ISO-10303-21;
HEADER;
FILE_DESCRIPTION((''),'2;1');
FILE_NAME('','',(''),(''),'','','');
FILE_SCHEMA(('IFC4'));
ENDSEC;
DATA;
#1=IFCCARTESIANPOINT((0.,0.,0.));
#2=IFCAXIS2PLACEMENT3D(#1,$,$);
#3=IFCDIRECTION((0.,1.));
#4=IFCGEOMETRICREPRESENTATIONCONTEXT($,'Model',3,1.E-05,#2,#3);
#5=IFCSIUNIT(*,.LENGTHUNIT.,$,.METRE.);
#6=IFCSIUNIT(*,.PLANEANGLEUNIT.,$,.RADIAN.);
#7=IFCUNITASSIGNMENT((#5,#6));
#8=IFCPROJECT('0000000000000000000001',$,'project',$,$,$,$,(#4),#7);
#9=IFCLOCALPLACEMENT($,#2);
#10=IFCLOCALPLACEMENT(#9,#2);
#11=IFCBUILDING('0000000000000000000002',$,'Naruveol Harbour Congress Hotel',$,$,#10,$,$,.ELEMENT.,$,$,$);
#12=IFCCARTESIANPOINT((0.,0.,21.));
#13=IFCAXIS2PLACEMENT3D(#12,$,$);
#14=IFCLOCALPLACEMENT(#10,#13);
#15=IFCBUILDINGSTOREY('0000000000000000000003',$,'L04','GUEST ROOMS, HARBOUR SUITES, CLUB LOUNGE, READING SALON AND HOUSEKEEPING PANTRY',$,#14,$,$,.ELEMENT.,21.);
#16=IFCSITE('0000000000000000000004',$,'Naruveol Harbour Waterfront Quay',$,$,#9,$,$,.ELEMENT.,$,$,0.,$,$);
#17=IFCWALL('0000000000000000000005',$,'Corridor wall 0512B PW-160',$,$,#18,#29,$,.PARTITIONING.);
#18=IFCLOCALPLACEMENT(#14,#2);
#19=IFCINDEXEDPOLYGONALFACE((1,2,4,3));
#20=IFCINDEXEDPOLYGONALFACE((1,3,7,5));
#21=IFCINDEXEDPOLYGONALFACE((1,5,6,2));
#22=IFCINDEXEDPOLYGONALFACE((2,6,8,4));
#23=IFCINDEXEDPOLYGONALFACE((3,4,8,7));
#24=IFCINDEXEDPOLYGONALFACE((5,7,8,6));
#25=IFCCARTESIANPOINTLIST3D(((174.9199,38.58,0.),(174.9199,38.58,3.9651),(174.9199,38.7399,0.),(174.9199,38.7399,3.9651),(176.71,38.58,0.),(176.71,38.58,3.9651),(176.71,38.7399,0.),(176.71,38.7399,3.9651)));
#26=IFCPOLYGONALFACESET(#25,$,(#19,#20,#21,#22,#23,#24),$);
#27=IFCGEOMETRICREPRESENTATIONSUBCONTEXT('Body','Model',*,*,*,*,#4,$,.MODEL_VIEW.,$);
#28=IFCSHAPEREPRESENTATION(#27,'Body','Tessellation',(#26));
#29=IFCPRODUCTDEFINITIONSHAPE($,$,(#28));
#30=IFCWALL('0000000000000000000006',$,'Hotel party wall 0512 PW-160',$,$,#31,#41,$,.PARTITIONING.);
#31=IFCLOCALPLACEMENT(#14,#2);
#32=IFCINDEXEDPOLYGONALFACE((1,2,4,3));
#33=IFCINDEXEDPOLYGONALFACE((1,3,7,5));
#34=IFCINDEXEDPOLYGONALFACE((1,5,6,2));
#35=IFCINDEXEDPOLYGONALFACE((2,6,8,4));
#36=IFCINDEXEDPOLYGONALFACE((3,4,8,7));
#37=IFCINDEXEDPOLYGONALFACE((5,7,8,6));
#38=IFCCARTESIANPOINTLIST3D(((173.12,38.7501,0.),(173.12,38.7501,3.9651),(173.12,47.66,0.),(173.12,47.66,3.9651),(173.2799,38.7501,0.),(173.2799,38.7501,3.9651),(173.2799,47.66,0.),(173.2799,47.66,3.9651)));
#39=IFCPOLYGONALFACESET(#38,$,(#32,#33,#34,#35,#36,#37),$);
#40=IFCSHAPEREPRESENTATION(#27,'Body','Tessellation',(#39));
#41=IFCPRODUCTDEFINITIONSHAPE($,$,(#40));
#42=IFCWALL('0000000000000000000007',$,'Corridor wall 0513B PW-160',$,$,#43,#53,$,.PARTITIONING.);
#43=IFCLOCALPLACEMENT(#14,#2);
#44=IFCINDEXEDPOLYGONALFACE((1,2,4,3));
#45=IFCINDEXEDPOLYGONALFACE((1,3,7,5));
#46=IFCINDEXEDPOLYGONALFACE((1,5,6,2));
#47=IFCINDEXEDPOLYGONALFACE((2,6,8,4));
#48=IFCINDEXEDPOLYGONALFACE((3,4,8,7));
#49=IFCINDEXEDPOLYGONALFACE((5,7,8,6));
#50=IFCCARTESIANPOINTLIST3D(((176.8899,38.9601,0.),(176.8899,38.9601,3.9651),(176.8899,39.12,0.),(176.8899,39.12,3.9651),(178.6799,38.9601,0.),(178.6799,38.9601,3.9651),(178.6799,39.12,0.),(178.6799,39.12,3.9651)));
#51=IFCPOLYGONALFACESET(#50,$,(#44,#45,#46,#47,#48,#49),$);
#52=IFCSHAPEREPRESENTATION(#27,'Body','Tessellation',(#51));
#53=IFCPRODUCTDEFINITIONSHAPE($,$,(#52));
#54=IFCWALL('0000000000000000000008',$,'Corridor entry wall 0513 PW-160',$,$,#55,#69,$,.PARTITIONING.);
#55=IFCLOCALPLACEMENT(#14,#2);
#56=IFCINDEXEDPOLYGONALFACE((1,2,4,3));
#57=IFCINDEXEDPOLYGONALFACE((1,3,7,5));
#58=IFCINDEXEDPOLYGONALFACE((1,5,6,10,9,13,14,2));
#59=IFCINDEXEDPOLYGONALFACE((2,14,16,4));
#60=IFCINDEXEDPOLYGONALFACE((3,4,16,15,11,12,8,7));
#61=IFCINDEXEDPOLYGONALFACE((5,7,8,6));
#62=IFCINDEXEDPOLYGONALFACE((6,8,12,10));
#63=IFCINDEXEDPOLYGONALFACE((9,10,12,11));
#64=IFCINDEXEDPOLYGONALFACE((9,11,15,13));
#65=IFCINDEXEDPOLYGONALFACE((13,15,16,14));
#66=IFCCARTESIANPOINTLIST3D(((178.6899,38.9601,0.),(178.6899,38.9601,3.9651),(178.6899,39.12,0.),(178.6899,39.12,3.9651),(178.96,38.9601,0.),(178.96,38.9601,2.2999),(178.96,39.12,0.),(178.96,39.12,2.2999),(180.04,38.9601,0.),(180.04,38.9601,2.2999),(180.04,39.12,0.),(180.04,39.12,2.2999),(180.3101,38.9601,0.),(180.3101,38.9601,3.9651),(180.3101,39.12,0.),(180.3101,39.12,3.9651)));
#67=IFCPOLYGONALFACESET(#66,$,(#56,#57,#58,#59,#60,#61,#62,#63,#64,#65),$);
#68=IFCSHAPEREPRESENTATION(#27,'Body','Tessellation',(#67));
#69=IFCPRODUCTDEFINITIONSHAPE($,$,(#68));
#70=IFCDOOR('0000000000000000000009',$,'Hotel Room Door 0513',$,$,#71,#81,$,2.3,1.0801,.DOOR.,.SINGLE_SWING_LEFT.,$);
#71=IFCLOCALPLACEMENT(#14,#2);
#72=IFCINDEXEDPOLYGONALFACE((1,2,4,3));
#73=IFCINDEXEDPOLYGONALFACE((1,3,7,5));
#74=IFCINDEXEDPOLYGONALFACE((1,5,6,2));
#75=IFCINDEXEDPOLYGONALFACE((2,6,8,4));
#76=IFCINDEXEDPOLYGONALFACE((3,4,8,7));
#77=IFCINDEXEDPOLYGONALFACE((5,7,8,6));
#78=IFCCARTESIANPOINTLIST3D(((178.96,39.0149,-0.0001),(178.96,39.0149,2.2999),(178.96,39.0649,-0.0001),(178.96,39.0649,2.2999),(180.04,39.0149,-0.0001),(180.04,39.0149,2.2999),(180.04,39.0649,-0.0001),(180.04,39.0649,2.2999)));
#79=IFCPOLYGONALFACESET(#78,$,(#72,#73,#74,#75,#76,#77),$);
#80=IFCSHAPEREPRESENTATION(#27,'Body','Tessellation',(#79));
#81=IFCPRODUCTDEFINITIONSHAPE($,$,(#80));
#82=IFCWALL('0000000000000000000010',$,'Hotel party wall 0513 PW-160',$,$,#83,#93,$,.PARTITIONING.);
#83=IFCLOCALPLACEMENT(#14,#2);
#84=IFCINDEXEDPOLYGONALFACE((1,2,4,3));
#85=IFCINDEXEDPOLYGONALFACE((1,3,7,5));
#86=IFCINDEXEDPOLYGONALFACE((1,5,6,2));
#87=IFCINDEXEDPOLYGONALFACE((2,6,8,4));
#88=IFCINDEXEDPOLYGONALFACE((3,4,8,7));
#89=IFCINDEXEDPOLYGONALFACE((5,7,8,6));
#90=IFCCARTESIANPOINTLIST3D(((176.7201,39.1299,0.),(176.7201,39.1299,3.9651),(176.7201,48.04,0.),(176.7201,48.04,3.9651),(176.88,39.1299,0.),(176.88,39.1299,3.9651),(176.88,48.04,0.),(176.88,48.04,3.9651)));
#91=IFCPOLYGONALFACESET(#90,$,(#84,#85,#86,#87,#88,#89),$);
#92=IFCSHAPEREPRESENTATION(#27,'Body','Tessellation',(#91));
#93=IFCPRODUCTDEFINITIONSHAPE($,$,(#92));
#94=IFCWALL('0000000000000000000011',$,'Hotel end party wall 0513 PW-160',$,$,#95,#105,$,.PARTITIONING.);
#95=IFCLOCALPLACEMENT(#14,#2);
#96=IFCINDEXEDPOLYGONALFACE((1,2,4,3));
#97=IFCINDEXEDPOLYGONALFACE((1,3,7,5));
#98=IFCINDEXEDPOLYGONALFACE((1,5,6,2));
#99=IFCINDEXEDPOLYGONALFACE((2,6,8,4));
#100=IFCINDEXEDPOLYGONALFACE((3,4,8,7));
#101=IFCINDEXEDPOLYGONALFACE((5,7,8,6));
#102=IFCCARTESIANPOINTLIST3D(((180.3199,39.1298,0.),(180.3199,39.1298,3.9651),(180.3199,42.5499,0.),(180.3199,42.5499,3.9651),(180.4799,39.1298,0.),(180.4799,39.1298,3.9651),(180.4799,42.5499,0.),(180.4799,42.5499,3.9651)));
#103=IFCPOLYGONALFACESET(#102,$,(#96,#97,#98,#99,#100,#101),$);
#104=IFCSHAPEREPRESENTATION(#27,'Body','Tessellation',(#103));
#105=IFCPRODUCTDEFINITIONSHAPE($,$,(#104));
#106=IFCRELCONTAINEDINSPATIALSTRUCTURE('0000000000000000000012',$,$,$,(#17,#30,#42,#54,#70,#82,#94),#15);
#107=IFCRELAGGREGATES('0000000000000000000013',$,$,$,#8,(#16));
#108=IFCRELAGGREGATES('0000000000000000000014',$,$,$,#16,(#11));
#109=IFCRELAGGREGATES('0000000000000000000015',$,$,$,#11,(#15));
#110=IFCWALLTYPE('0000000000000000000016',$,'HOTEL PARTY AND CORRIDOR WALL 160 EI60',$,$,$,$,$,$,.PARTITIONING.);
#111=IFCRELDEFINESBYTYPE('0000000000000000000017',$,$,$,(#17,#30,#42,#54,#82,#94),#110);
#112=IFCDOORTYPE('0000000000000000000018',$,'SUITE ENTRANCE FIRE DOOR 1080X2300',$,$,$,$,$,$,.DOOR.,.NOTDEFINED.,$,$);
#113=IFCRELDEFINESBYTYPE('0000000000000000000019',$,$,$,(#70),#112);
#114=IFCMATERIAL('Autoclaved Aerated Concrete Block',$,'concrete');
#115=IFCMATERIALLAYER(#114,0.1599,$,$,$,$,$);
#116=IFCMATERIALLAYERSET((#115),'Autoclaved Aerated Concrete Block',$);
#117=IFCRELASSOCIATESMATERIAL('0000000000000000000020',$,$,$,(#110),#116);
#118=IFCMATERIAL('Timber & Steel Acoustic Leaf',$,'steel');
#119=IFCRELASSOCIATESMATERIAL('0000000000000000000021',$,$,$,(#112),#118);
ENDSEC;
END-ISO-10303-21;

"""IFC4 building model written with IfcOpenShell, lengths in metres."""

from ifc_helpers import new_model, si_unit, direction, frame, frame_2d, origin, place, context, subcontext, project, spatial, rectangle, extrude, material, layer, layer_set, type_object, element, fill, save


model = new_model("IFC4")

# Units and contexts
model_context = context("Model", 3, precision=1e-05, world=origin(), true_north=direction((0.0, 1.0)))
body_context = subcontext(model_context, "Body", "Model", "MODEL_VIEW")
ifc_project = project(units=[si_unit("LENGTHUNIT", "METRE"), si_unit("PLANEANGLEUNIT", "RADIAN")], contexts=[model_context])

# Site, building, storey
site_placement = place(None, origin())
site = spatial("IfcSite", under=ifc_project, at=site_placement, Name="Naruveol Harbour Waterfront Quay", CompositionType="ELEMENT", RefElevation=0.0)
building_placement = place(site_placement, origin())
building = spatial("IfcBuilding", under=site, at=building_placement, Name="Naruveol Harbour Congress Hotel", CompositionType="ELEMENT")
storey_placement = place(building_placement, frame((0.0, 0.0, 21.0)))
storey = spatial("IfcBuildingStorey", under=building, at=storey_placement, Name="L04", Description="GUEST ROOMS, HARBOUR SUITES, CLUB LOUNGE, READING SALON AND HOUSEKEEPING PANTRY", CompositionType="ELEMENT", Elevation=21.0)

# Walls
ifc_material_1 = material(Name="Autoclaved Aerated Concrete Block", Category="concrete")
ifc_layer_1 = layer(ifc_material_1, 0.1599)
ifc_layer_set_1 = layer_set([ifc_layer_1], Name="Autoclaved Aerated Concrete Block")
wall_type_1 = type_object("IfcWallType", Name="HOTEL PARTY AND CORRIDOR WALL 160 EI60", PredefinedType="PARTITIONING", material=ifc_layer_set_1)
wall_1_placement = place(storey_placement, frame((174.9199, 38.6599, 0.0), z_axis=(0.0, 0.0, 1.0), x_axis=(1.0, 0.0, 0.0)))
element("IfcWall", 1, at=wall_1_placement, inside=storey, type_object=wall_type_1, Name="Corridor wall 0512B PW-160", PredefinedType="PARTITIONING", context=body_context, shape_type="SweptSolid", body=[
    extrude(rectangle(XDim=1.79, YDim=0.1599, at=frame_2d((0.895, 0.0))), origin(), (0.0, 0.0, 1.0), 3.9651),
])
wall_2_placement = place(storey_placement, frame((173.2, 38.75, 0.0), z_axis=(0.0, 0.0, 1.0), x_axis=(0.0, 1.0, 0.0)))
element("IfcWall", 2, at=wall_2_placement, inside=storey, type_object=wall_type_1, Name="Hotel party wall 0512 PW-160", PredefinedType="PARTITIONING", context=body_context, shape_type="SweptSolid", body=[
    extrude(rectangle(XDim=8.9099, YDim=0.1599, at=frame_2d((4.4551, 0.0))), origin(), (0.0, 0.0, 1.0), 3.9651),
])
wall_3_placement = place(storey_placement, frame((176.8899, 39.04, 0.0), z_axis=(0.0, 0.0, 1.0), x_axis=(1.0, 0.0, 0.0)))
element("IfcWall", 3, at=wall_3_placement, inside=storey, type_object=wall_type_1, Name="Corridor wall 0513B PW-160", PredefinedType="PARTITIONING", context=body_context, shape_type="SweptSolid", body=[
    extrude(rectangle(XDim=1.79, YDim=0.1599, at=frame_2d((0.895, 0.0))), origin(), (0.0, 0.0, 1.0), 3.9651),
])

# Wall, opening, door
wall_4_placement = place(storey_placement, frame((178.6899, 39.04, 0.0), z_axis=(0.0, 0.0, 1.0), x_axis=(1.0, 0.0, 0.0)))
wall_4 = element("IfcWall", 4, at=wall_4_placement, inside=storey, type_object=wall_type_1, Name="Corridor entry wall 0513 PW-160", PredefinedType="PARTITIONING", context=body_context, shape_type="SweptSolid", body=[
    extrude(rectangle(XDim=1.6201, YDim=0.1599, at=frame_2d((0.8101, 0.0))), origin(), (0.0, 0.0, 1.0), 3.9651),
])
opening_1_placement = place(wall_4_placement, frame((0.27, 0.0, 0.0)))
opening_1 = element("IfcOpeningElement", 5, at=opening_1_placement, cuts=wall_4, PredefinedType="OPENING", context=body_context, shape_type="SweptSolid", body=[
    extrude(rectangle(XDim=1.0801, YDim=2.3, at=frame_2d((0.54, 1.1499))), frame((0.0, 0.0898, 0.0), z_axis=(0.0, -1.0, 0.0), x_axis=(1.0, 0.0, 0.0)), (0.0, 0.0, 1.0), 0.1799),
])
ifc_material_2 = material(Name="Timber & Steel Acoustic Leaf", Category="steel")
door_type_1 = type_object("IfcDoorType", Name="SUITE ENTRANCE FIRE DOOR 1080X2300", OperationType="NOTDEFINED", PredefinedType="DOOR", material=ifc_material_2)
door_1_placement = place(opening_1_placement, origin())
door_1 = element("IfcDoor", 6, at=door_1_placement, inside=storey, type_object=door_type_1, Name="Hotel Room Door 0513", OperationType="SINGLE_SWING_LEFT", OverallHeight=2.3, OverallWidth=1.0801, PredefinedType="DOOR", context=body_context, shape_type="SweptSolid", body=[
    extrude(rectangle(XDim=1.0801, YDim=2.3, at=frame_2d((0.54, 1.1499))), frame((0.0, 0.0249, 0.0), z_axis=(0.0, -1.0, 0.0), x_axis=(1.0, 0.0, 0.0)), (0.0, 0.0, 1.0), 0.05),
])
fill(opening_1, door_1)

# Walls
wall_5_placement = place(storey_placement, frame((176.8, 39.1299, 0.0), z_axis=(0.0, 0.0, 1.0), x_axis=(0.0, 1.0, 0.0)))
element("IfcWall", 7, at=wall_5_placement, inside=storey, type_object=wall_type_1, Name="Hotel party wall 0513 PW-160", PredefinedType="PARTITIONING", context=body_context, shape_type="SweptSolid", body=[
    extrude(rectangle(XDim=8.9102, YDim=0.1599, at=frame_2d((4.4551, 0.0))), origin(), (0.0, 0.0, 1.0), 3.9651),
])
wall_6_placement = place(storey_placement, frame((180.3999, 39.1299, 0.0), z_axis=(0.0, 0.0, 1.0), x_axis=(0.0, 1.0, 0.0)))
element("IfcWall", 8, at=wall_6_placement, inside=storey, type_object=wall_type_1, Name="Hotel end party wall 0513 PW-160", PredefinedType="PARTITIONING", context=body_context, shape_type="SweptSolid", body=[
    extrude(rectangle(XDim=3.4202, YDim=0.1599, at=frame_2d((1.71, 0.0))), origin(), (0.0, 0.0, 1.0), 3.9651),
])

save(model, "model.ifc")
